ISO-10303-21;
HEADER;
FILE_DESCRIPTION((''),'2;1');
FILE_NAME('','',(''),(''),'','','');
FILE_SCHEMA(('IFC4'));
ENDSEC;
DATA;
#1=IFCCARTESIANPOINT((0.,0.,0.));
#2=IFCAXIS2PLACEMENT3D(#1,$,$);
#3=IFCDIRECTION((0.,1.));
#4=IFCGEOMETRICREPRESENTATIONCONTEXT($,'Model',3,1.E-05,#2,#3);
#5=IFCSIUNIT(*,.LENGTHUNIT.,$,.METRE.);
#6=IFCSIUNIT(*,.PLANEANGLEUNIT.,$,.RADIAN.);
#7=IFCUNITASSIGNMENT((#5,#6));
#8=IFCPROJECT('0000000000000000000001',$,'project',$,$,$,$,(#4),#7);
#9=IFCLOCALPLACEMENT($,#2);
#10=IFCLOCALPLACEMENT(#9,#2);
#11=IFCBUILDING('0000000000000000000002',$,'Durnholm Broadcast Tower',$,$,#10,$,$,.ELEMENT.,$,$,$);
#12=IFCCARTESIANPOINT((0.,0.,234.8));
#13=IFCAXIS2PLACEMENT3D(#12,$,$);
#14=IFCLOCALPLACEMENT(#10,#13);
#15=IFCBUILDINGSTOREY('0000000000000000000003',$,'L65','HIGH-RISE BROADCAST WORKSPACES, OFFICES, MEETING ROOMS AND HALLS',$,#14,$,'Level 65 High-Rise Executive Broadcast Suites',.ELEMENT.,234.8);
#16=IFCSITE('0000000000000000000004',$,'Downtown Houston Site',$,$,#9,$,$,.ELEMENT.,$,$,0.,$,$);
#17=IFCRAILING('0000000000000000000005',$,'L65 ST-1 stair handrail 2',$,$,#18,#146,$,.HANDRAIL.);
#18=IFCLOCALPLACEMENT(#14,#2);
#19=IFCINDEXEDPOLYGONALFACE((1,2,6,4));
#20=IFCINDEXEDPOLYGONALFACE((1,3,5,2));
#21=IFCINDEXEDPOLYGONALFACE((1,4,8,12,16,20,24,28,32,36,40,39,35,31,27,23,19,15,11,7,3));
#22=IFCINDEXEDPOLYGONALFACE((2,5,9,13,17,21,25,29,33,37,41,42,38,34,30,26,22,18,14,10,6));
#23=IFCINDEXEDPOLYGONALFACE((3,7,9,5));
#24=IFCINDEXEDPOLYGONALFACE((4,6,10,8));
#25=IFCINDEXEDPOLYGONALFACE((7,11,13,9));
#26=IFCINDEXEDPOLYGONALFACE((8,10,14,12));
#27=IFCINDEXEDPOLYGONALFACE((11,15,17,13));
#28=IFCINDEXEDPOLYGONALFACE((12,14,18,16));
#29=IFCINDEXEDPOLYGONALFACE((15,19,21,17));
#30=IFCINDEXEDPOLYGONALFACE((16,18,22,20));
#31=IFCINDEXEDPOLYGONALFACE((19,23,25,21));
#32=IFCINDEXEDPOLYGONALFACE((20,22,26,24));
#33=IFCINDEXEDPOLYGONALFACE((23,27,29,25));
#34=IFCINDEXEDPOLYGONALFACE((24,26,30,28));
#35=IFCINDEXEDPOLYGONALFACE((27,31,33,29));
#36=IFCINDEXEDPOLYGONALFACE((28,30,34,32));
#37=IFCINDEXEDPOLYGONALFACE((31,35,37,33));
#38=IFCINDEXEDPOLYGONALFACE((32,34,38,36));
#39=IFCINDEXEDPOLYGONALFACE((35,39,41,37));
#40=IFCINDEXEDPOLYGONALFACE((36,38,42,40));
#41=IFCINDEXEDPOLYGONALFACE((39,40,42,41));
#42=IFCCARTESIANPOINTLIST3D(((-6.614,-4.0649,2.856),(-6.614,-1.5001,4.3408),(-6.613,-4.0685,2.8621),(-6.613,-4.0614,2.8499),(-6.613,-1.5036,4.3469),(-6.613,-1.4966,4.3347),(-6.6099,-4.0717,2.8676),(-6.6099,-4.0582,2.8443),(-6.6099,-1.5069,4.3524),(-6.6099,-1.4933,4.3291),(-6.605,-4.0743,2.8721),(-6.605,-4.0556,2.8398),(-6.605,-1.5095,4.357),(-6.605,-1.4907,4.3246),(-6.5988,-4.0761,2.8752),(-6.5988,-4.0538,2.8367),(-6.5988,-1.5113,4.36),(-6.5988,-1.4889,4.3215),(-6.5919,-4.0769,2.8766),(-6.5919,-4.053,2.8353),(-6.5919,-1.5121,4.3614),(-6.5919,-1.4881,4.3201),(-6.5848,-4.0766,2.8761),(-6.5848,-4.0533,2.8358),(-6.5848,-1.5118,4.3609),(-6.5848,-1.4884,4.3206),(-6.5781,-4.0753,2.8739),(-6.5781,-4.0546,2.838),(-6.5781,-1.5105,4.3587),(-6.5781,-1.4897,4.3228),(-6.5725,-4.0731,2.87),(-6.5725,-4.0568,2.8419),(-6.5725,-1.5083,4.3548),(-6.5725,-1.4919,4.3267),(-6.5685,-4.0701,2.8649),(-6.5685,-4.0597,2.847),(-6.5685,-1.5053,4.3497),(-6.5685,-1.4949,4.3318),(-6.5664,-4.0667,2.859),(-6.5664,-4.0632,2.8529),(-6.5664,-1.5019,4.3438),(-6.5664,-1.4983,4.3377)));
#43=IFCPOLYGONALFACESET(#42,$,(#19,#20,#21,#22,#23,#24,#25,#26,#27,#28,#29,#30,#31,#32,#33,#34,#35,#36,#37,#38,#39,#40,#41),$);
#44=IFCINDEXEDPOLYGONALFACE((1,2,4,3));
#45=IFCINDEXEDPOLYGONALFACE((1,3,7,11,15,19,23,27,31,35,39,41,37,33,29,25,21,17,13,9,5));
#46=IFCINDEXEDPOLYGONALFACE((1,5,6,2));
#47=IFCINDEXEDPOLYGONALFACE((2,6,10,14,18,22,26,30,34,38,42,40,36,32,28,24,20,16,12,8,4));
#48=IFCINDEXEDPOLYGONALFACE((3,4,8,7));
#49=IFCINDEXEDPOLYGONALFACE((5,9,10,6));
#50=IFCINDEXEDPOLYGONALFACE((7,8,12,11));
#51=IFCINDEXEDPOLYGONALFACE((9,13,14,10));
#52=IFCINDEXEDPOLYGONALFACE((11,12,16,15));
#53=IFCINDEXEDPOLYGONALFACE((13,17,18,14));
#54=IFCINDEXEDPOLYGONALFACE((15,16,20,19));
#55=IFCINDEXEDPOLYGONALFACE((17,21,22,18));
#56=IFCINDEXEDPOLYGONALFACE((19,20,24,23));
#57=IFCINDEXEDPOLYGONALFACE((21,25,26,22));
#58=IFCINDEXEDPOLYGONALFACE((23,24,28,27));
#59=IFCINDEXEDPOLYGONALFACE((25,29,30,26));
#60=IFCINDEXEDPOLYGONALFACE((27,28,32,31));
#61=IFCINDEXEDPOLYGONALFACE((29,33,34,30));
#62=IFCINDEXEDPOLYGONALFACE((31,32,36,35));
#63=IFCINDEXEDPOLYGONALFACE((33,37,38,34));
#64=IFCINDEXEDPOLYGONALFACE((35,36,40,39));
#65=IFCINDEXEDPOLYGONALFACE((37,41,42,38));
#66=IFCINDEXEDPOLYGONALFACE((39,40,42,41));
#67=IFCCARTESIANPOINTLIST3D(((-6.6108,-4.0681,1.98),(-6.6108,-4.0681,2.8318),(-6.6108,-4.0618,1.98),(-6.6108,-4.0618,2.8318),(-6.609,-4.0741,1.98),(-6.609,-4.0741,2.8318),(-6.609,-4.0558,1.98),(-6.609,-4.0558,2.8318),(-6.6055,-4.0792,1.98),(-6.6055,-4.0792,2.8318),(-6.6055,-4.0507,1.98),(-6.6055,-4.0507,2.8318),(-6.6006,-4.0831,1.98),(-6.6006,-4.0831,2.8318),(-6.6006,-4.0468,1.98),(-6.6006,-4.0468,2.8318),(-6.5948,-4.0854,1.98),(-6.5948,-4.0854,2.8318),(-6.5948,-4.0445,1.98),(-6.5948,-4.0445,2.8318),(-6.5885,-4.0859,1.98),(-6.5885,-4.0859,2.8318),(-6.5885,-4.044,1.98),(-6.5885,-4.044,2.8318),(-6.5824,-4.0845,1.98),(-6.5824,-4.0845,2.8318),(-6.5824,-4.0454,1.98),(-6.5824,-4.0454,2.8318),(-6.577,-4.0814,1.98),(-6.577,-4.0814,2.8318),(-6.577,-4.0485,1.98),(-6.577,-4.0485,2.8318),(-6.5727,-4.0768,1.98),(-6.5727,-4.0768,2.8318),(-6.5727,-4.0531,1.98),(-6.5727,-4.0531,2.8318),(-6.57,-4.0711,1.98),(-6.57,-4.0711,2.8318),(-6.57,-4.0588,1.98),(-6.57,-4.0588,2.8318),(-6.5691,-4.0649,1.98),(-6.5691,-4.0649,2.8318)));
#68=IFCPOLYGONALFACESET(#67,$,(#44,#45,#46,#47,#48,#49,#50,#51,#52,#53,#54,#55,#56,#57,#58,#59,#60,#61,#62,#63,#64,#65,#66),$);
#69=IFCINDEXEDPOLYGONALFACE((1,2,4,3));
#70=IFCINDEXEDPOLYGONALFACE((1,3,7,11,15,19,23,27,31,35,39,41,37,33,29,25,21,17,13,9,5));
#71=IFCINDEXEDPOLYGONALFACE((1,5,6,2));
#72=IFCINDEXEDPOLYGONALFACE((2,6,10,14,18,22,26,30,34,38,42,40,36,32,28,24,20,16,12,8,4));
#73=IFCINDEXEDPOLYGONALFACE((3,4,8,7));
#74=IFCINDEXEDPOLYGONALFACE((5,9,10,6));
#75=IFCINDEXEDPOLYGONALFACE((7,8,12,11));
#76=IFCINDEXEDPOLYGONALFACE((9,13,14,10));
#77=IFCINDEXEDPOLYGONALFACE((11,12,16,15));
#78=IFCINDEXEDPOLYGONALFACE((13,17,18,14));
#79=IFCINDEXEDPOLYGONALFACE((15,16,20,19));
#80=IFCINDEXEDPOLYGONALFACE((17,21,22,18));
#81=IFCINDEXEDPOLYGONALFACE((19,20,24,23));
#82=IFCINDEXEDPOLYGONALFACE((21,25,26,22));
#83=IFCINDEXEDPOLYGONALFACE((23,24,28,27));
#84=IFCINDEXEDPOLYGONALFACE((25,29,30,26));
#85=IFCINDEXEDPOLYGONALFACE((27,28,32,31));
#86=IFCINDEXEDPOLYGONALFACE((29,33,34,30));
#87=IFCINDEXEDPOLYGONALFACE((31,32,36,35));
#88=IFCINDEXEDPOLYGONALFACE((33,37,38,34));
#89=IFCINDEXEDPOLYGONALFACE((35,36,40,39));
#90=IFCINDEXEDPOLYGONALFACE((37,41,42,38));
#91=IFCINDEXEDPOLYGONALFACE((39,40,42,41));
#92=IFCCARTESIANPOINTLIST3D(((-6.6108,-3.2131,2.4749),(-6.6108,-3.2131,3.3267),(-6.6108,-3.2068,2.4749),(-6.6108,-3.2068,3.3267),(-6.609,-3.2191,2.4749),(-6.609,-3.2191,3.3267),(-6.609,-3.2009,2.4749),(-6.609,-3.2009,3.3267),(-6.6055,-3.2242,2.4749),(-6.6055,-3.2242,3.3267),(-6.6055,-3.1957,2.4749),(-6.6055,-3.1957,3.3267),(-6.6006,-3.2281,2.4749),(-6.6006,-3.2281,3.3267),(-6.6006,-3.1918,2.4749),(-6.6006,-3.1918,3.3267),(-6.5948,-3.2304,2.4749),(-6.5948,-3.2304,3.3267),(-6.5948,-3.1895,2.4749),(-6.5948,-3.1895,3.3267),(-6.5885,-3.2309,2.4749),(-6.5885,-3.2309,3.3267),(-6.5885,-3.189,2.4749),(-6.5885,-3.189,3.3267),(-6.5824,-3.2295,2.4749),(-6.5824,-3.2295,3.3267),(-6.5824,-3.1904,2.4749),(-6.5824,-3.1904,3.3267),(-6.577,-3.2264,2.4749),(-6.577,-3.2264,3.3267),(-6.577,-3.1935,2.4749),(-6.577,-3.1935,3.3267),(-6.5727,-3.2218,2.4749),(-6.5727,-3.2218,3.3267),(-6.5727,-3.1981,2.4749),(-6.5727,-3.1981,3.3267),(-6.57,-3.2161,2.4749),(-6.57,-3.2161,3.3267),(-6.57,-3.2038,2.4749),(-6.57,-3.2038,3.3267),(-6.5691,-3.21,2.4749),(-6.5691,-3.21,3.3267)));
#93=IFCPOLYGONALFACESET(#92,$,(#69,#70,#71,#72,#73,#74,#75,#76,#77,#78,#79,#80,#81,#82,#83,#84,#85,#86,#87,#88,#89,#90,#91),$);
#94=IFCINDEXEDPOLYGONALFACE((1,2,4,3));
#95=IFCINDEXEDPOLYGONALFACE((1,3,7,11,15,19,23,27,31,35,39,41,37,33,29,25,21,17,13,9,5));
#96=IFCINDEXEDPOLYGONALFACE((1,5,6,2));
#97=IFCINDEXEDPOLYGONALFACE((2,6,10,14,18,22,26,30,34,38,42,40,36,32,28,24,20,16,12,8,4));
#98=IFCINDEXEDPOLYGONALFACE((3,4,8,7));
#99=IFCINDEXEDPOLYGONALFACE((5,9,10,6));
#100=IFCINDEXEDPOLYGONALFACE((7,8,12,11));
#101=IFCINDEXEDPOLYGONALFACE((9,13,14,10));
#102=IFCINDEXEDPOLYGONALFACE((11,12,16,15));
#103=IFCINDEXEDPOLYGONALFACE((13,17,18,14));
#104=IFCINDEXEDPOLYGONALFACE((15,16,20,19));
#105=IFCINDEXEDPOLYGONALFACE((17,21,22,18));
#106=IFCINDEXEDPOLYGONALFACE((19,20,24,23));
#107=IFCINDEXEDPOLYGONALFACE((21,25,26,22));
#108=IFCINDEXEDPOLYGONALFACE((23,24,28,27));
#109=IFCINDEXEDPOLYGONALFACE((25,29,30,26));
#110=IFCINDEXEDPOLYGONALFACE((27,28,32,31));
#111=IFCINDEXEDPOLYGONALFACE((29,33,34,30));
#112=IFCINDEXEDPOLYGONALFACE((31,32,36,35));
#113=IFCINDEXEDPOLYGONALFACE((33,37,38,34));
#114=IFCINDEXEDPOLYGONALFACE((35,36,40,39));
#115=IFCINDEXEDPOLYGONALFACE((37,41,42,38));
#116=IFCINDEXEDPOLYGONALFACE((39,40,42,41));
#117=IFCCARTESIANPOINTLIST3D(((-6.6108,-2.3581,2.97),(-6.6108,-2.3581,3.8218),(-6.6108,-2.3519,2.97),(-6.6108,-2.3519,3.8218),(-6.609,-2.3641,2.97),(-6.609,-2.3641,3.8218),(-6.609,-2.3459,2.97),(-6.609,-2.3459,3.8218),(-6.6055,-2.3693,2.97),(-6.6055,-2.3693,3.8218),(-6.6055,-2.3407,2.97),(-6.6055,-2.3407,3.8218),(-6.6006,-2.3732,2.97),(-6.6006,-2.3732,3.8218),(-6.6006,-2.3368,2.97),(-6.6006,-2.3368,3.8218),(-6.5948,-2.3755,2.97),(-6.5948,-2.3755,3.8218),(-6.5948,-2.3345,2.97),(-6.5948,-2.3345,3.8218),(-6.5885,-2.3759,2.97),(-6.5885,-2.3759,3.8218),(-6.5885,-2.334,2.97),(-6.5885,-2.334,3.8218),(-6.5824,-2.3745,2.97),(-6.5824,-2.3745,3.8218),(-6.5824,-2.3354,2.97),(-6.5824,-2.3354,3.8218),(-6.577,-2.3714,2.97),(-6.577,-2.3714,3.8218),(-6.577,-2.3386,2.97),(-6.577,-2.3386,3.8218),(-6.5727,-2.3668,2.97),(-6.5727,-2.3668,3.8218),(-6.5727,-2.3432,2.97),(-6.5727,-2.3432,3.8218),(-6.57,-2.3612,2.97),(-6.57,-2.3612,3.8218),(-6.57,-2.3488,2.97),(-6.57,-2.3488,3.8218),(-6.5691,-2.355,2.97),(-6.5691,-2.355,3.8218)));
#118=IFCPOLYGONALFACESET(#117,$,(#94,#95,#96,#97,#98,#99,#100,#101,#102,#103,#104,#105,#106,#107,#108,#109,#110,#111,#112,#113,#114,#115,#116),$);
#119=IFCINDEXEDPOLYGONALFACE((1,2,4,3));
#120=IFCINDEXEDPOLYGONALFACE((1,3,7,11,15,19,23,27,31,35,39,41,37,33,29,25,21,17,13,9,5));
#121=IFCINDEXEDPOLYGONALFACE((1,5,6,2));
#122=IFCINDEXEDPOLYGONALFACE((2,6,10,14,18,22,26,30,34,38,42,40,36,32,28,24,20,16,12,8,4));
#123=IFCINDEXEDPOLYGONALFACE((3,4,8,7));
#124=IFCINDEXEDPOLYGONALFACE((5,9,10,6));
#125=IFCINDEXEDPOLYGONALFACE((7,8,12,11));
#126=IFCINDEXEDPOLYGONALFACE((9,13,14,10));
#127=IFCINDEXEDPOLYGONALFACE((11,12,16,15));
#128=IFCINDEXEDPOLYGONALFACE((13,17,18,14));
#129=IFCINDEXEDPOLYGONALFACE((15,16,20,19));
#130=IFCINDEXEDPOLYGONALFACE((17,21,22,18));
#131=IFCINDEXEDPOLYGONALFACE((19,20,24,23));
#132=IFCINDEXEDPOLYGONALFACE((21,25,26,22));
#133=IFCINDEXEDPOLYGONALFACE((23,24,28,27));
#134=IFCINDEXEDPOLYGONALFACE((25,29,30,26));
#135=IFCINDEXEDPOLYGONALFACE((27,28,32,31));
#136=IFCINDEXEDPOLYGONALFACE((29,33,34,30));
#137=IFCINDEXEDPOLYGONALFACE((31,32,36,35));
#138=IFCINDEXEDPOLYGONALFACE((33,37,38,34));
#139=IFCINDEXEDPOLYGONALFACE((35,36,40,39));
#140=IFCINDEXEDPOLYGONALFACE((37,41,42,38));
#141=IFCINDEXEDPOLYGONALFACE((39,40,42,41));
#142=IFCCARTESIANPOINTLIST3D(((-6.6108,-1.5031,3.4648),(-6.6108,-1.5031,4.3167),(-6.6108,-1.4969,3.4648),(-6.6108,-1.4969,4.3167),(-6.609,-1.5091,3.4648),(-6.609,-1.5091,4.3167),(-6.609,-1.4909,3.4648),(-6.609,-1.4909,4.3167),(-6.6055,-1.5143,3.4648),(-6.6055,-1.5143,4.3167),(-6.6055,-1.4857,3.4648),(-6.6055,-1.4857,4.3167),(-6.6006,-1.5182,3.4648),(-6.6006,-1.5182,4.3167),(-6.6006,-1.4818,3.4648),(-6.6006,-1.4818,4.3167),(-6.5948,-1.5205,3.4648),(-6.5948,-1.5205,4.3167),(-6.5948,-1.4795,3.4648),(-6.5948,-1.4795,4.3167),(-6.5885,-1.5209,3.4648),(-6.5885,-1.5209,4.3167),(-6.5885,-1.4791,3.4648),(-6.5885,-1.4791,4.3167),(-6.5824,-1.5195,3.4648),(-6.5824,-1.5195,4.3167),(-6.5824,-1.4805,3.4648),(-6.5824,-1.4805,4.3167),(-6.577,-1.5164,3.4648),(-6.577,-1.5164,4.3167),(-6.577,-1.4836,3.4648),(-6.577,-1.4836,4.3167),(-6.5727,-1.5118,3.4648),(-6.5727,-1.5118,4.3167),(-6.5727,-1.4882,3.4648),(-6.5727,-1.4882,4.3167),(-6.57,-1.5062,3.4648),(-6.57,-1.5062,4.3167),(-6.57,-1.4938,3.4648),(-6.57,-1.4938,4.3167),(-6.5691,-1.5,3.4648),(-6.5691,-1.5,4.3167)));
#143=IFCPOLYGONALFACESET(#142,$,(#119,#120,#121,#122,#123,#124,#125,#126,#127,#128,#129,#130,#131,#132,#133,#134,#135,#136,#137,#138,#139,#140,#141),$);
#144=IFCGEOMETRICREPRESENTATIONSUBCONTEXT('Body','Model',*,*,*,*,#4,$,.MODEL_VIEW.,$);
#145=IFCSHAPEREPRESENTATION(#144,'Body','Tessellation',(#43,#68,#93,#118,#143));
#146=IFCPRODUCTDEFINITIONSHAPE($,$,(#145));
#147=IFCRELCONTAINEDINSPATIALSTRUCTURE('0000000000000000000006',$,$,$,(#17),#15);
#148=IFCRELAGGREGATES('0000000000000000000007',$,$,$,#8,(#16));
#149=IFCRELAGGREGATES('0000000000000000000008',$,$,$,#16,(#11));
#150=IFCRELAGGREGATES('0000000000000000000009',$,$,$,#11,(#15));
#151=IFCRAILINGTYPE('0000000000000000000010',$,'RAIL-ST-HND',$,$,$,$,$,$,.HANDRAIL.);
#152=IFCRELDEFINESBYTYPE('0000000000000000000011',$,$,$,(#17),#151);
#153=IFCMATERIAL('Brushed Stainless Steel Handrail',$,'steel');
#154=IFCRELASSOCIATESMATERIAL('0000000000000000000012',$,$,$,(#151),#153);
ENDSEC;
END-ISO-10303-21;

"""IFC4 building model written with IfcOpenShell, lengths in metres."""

from ifc_helpers import new_model, si_unit, direction, frame, origin, origin_2d, place, context, subcontext, project, spatial, circle, extrude, material, type_object, element, save


model = new_model("IFC4")

# Units and contexts
model_context = context("Model", 3, precision=1e-05, world=origin(), true_north=direction((0.0, 1.0)))
body_context = subcontext(model_context, "Body", "Model", "MODEL_VIEW")
ifc_project = project(units=[si_unit("LENGTHUNIT", "METRE"), si_unit("PLANEANGLEUNIT", "RADIAN")], contexts=[model_context])

# Site, building, storey
site_placement = place(None, origin())
site = spatial("IfcSite", under=ifc_project, at=site_placement, Name="Downtown Houston Site", CompositionType="ELEMENT", RefElevation=0.0)
building_placement = place(site_placement, origin())
building = spatial("IfcBuilding", under=site, at=building_placement, Name="Durnholm Broadcast Tower", CompositionType="ELEMENT")
storey_placement = place(building_placement, frame((0.0, 0.0, 234.8)))
storey = spatial("IfcBuildingStorey", under=building, at=storey_placement, Name="L65", Description="HIGH-RISE BROADCAST WORKSPACES, OFFICES, MEETING ROOMS AND HALLS", LongName="Level 65 High-Rise Executive Broadcast Suites", CompositionType="ELEMENT", Elevation=234.8)

# Railing
ifc_material_1 = material(Name="Brushed Stainless Steel Handrail", Category="steel")
railing_type_1 = type_object("IfcRailingType", Name="RAIL-ST-HND", PredefinedType="HANDRAIL", material=ifc_material_1)
railing_1_placement = place(storey_placement, frame((-6.5901, -4.0649, 1.98)))
element("IfcRailing", 1, at=railing_1_placement, inside=storey, type_object=railing_type_1, Name="L65 ST-1 stair handrail 2", PredefinedType="HANDRAIL", context=body_context, shape_type="SweptSolid", body=[
    extrude(circle(Radius=0.0239, at=origin_2d()), frame((0.0, 0.0, 0.876), z_axis=(0.0, 0.865441, 0.50101), x_axis=(-1.0, 0.0, 0.0)), (0.0, 0.0, 1.0), 2.9636),
    extrude(circle(Radius=0.021, at=origin_2d()), origin(), (0.0, 0.0, 1.0), 0.8518),
    extrude(circle(Radius=0.021, at=origin_2d()), frame((0.0, 0.855, 0.4949)), (0.0, 0.0, 1.0), 0.8518),
    extrude(circle(Radius=0.021, at=origin_2d()), frame((0.0, 1.71, 0.99)), (0.0, 0.0, 1.0), 0.8518),
    extrude(circle(Radius=0.021, at=origin_2d()), frame((0.0, 2.5649, 1.4849)), (0.0, 0.0, 1.0), 0.8518),
])

save(model, "model.ifc")
